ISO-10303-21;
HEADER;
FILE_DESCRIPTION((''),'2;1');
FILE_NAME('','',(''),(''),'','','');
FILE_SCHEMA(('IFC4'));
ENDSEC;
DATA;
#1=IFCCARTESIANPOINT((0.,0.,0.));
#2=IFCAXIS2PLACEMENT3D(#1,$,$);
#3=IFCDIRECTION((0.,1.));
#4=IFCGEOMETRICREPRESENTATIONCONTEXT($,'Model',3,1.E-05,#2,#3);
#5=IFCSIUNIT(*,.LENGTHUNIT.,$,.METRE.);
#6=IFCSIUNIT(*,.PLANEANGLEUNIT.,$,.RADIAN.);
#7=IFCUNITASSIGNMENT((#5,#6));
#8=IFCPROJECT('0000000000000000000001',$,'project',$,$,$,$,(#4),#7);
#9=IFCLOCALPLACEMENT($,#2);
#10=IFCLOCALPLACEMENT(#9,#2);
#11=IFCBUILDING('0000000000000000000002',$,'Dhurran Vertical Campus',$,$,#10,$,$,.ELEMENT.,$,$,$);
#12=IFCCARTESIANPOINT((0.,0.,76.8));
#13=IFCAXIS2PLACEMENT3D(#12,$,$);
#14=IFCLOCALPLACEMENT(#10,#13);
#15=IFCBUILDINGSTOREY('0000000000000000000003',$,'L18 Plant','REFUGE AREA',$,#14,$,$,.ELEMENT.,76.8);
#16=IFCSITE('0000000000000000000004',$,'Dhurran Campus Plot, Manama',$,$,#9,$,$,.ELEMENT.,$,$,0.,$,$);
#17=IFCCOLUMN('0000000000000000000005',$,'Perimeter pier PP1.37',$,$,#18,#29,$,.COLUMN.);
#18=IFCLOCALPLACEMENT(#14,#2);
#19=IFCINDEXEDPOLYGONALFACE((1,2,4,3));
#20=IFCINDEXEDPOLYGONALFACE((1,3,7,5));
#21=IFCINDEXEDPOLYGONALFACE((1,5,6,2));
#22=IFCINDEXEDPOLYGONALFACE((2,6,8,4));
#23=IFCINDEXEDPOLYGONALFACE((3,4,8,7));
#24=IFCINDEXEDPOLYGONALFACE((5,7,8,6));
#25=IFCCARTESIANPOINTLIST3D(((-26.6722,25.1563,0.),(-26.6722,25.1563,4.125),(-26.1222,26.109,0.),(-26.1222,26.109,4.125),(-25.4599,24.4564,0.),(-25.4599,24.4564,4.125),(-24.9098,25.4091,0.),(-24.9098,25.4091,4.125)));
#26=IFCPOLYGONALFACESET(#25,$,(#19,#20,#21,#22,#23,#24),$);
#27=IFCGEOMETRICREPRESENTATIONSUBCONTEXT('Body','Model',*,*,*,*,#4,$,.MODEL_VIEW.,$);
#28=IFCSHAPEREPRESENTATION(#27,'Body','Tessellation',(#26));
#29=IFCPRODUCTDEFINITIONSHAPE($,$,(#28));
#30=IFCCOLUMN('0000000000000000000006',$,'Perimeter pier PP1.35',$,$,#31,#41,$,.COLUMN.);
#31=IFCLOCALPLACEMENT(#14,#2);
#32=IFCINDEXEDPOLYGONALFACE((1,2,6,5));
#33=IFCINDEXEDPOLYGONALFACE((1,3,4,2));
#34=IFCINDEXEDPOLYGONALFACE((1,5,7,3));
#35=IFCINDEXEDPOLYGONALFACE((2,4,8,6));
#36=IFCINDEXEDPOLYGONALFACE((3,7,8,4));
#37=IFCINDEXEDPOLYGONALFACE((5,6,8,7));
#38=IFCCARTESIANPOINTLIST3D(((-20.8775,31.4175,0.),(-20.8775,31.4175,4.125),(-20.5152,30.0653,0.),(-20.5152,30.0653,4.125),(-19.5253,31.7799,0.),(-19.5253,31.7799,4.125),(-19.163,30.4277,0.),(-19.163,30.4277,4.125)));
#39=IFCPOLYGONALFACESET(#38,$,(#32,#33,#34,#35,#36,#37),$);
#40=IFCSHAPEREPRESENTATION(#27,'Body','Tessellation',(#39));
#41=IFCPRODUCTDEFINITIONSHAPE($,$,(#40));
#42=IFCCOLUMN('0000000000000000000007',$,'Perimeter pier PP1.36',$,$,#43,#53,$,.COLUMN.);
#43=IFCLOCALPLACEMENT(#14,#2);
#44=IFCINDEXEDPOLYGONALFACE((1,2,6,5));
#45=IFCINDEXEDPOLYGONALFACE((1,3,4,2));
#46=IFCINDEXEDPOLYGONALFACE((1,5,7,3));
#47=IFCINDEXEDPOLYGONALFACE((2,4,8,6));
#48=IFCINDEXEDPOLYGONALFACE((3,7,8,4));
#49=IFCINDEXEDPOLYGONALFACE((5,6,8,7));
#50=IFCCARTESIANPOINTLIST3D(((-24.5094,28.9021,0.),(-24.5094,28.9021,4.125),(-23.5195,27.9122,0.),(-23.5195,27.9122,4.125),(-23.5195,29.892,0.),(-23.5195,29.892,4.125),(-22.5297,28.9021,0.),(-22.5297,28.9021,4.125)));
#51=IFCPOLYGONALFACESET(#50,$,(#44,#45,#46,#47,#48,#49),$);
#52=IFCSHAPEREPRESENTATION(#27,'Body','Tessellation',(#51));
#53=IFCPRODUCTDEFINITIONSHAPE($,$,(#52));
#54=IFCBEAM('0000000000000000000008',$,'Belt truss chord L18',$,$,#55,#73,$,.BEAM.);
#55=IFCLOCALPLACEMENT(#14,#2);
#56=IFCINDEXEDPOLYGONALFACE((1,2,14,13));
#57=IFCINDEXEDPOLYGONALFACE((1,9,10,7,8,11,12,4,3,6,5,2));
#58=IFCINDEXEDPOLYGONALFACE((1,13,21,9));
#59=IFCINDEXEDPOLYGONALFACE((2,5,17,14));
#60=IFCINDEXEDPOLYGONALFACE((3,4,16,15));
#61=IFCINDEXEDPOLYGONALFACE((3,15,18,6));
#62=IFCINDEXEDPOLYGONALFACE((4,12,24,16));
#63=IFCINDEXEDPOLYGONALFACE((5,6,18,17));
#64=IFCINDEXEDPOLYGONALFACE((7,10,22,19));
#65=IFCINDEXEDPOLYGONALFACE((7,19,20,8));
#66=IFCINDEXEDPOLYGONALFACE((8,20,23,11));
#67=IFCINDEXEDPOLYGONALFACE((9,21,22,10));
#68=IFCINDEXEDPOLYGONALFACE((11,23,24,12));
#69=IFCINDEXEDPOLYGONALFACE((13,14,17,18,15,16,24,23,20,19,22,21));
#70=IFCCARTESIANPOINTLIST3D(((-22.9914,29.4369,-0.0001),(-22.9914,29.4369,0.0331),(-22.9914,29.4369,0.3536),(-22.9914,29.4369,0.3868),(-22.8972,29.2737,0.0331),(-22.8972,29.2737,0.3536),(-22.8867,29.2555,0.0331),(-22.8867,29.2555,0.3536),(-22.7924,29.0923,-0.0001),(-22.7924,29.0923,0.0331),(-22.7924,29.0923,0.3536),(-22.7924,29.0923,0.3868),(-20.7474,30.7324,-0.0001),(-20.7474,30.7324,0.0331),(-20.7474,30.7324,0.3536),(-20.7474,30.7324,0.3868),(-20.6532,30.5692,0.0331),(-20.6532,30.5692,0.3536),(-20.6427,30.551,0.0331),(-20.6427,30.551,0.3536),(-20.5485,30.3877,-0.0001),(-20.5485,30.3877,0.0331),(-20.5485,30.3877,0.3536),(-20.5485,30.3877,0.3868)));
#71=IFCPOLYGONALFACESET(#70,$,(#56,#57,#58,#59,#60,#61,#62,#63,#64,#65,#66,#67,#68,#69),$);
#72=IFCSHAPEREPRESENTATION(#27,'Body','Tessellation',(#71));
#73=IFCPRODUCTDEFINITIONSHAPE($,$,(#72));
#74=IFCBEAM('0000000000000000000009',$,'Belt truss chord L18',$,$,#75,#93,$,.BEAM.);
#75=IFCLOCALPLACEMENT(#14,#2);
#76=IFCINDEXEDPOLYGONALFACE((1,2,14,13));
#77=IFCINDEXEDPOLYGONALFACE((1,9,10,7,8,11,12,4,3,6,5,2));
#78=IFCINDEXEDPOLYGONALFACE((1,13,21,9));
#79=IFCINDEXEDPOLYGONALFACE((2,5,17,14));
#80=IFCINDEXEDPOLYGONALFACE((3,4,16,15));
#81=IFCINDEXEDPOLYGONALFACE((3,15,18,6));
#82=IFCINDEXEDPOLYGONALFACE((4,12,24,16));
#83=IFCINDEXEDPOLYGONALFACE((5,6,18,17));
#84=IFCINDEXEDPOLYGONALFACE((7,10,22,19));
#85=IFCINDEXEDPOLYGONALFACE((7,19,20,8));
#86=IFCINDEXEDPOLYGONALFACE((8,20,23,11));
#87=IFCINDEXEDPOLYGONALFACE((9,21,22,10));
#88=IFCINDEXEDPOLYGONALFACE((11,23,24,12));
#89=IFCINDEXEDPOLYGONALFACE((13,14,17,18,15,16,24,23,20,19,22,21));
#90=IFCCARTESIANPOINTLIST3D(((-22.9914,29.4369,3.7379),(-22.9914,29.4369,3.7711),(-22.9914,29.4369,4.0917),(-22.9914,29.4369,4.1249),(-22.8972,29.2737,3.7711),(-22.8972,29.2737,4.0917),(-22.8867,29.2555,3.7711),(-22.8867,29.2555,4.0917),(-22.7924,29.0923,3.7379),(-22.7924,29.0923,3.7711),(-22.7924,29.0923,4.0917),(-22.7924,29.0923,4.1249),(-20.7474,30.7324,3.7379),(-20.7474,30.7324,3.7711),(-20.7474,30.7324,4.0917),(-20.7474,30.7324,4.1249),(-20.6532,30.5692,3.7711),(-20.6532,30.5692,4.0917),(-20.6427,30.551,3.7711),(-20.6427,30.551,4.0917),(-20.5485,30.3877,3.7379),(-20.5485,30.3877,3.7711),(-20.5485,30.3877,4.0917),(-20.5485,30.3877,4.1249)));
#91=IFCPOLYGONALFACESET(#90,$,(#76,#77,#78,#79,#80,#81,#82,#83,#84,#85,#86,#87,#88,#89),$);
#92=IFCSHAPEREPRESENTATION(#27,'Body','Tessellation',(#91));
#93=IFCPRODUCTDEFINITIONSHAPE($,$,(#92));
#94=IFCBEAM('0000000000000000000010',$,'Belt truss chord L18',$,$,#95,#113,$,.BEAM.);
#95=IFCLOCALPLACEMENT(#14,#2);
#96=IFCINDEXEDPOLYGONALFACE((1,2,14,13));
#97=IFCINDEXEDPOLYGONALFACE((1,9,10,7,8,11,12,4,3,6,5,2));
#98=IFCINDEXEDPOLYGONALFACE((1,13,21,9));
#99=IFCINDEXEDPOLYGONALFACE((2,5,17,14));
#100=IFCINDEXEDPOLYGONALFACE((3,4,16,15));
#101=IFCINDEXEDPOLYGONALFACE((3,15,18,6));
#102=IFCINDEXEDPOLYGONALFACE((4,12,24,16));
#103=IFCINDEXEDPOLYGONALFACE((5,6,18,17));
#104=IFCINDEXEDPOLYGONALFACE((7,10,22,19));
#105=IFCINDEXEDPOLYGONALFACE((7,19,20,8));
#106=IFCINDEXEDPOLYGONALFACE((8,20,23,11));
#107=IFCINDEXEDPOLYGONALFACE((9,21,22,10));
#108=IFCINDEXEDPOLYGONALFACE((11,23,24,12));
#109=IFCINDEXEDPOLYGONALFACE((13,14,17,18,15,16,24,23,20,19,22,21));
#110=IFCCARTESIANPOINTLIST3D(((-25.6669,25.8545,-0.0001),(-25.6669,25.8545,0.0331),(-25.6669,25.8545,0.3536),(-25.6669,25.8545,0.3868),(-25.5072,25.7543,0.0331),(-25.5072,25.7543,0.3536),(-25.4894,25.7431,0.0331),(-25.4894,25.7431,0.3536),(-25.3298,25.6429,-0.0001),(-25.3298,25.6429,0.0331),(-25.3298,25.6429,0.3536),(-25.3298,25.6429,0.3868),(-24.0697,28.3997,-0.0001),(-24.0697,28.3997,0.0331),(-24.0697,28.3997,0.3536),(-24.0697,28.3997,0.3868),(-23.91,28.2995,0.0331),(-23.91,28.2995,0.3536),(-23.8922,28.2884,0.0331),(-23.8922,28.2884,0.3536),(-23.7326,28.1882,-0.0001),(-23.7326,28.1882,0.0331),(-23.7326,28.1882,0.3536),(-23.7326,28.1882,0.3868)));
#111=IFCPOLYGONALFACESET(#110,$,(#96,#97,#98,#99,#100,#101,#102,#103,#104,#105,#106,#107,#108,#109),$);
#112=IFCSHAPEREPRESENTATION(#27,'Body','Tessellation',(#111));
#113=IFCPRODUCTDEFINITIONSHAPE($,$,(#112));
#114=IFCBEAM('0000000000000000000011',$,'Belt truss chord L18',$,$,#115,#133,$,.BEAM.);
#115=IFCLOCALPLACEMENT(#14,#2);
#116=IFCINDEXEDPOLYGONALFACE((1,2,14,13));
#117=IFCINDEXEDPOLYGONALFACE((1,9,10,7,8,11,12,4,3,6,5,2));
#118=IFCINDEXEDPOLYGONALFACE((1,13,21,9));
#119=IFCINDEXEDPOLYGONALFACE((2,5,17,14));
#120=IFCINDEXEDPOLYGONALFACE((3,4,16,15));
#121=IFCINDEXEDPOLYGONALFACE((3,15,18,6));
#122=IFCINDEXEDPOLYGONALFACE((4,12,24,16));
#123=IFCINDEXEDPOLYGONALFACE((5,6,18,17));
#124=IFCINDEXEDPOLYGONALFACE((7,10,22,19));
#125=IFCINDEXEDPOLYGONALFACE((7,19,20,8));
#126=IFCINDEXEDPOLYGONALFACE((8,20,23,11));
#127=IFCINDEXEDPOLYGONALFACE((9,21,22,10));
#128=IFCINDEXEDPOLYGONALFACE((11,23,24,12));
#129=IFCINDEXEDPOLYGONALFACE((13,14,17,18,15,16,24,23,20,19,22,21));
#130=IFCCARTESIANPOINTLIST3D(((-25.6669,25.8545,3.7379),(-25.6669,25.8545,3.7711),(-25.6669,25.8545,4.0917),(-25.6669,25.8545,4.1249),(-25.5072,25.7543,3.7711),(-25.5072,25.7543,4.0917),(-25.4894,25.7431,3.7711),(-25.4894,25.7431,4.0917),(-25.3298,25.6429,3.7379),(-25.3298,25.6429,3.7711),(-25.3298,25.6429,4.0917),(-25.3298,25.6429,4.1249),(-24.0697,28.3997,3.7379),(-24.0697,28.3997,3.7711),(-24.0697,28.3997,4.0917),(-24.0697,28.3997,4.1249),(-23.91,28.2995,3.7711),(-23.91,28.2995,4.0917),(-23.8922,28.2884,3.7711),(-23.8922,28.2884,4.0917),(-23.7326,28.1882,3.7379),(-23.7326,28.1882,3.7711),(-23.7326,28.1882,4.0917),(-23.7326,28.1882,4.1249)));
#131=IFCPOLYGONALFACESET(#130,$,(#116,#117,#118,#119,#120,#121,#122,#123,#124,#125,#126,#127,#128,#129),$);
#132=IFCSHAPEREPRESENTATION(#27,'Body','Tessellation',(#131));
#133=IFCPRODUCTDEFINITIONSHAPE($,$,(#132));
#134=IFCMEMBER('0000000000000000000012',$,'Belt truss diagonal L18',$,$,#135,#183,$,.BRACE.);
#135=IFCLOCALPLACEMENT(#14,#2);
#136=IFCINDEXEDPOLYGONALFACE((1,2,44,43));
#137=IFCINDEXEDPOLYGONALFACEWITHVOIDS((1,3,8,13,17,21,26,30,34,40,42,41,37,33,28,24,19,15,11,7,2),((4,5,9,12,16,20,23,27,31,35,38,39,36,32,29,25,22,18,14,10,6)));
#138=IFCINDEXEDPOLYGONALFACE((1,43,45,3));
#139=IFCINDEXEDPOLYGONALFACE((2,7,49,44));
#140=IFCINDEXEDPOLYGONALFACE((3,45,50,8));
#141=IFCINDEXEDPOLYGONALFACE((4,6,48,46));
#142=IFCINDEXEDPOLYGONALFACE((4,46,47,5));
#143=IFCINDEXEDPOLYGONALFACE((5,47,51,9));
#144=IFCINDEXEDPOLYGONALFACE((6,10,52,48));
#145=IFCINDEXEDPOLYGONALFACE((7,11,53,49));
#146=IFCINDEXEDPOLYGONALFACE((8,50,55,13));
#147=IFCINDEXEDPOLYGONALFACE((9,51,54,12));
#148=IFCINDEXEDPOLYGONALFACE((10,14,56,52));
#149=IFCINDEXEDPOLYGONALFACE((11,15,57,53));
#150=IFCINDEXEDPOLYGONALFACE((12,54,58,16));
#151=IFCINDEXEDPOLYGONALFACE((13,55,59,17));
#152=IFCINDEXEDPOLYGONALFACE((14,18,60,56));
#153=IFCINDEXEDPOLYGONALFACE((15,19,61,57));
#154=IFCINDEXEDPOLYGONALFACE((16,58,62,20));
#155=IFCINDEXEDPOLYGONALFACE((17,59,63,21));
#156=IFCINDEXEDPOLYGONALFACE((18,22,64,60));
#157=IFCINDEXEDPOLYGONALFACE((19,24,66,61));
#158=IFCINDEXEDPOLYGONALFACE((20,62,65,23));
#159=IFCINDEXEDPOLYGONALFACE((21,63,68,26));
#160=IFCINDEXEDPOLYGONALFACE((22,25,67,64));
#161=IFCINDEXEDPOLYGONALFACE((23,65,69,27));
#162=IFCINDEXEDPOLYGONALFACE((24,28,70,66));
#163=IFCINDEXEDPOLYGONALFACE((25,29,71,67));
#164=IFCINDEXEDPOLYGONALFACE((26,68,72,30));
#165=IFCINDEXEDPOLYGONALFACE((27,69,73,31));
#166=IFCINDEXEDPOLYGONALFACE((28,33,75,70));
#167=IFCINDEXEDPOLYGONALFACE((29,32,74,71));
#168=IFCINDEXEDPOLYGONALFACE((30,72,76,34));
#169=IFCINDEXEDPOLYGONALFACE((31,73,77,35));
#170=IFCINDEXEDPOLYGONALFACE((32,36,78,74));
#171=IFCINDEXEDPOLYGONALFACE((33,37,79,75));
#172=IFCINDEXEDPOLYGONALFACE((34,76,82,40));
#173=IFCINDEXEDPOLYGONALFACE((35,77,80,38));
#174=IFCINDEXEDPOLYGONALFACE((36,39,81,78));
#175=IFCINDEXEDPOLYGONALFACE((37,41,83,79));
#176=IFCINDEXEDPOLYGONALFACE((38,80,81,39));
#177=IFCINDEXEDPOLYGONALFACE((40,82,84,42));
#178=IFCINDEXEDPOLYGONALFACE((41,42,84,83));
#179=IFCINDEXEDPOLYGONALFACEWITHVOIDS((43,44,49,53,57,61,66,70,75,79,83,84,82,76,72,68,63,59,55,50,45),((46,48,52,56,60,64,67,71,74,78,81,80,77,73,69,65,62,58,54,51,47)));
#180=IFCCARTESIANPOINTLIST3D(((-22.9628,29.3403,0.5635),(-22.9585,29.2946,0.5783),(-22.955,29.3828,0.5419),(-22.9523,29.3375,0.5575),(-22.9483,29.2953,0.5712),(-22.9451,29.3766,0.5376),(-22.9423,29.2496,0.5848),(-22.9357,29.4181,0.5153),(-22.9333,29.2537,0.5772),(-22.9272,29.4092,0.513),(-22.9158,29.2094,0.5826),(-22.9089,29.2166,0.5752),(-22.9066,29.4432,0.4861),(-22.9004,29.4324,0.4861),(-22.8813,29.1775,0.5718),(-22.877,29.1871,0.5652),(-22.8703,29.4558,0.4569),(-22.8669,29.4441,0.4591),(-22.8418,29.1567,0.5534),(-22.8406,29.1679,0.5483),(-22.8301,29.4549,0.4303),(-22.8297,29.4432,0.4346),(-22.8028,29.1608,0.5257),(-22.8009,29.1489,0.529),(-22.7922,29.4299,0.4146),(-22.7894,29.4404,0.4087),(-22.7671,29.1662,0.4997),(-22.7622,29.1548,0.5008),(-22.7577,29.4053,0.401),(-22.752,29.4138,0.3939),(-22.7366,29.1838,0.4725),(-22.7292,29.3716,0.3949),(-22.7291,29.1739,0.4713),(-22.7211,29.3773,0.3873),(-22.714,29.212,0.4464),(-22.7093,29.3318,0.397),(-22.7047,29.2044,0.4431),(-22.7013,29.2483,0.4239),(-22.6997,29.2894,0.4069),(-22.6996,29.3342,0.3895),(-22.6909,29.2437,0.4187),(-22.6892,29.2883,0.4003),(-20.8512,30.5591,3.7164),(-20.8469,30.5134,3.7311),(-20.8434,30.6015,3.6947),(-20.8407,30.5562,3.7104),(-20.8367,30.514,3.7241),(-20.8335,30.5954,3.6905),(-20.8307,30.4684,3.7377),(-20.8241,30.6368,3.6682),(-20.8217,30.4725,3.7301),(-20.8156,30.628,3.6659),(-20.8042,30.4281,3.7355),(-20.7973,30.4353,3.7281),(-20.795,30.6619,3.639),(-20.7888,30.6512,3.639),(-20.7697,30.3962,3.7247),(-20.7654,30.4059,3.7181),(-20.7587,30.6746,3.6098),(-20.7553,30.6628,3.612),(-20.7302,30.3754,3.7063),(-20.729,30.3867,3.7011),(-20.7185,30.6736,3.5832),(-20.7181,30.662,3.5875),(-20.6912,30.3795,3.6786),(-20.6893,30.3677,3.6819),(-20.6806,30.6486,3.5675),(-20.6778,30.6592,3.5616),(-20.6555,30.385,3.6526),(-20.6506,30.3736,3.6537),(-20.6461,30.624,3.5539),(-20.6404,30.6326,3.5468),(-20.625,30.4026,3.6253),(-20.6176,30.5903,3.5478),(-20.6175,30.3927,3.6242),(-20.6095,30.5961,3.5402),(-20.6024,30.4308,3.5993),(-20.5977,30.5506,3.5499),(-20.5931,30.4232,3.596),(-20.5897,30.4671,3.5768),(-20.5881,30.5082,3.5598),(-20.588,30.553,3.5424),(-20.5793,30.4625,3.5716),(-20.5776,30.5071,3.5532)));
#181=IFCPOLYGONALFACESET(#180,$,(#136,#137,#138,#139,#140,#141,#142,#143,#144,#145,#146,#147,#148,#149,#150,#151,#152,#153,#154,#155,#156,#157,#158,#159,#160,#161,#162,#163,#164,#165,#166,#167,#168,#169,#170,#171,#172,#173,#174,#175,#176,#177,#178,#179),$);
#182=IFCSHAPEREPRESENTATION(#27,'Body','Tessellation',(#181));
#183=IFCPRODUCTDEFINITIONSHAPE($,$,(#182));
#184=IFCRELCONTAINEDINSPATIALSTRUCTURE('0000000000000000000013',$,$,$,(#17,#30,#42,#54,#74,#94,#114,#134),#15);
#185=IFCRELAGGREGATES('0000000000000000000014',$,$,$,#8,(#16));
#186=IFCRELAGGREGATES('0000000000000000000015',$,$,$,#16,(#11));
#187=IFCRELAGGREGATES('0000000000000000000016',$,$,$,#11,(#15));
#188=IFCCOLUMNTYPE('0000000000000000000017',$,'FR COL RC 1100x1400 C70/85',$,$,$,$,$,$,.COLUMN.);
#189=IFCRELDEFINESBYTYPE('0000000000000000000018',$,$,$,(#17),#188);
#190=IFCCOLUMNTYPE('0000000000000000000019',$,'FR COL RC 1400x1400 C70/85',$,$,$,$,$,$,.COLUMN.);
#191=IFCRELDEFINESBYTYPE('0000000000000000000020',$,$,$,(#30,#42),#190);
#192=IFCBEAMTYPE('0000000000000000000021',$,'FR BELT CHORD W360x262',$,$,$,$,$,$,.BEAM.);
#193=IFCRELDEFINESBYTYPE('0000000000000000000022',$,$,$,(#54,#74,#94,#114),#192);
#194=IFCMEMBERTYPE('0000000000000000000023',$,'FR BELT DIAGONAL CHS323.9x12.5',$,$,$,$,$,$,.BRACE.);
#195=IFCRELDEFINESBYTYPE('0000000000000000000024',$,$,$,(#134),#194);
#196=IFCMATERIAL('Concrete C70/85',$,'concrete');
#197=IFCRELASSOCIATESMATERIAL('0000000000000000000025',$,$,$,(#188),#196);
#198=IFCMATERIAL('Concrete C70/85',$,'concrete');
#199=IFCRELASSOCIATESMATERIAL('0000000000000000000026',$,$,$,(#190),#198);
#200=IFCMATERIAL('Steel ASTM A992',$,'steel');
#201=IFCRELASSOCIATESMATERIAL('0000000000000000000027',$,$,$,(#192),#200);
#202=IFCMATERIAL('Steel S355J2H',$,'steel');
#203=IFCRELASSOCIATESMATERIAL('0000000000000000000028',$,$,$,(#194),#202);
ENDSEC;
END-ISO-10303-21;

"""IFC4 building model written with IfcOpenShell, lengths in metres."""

from ifc_helpers import new_model, si_unit, direction, frame, origin, origin_2d, place, context, subcontext, project, spatial, rectangle, hollow_circle, i_section, extrude, material, material_profile, profile_set, type_object, element, save


model = new_model("IFC4")

# Units and contexts
model_context = context("Model", 3, precision=1e-05, world=origin(), true_north=direction((0.0, 1.0)))
body_context = subcontext(model_context, "Body", "Model", "MODEL_VIEW")
ifc_project = project(units=[si_unit("LENGTHUNIT", "METRE"), si_unit("PLANEANGLEUNIT", "RADIAN")], contexts=[model_context])

# Site, building, storey
site_placement = place(None, origin())
site = spatial("IfcSite", under=ifc_project, at=site_placement, Name="Dhurran Campus Plot, Manama", CompositionType="ELEMENT", RefElevation=0.0)
building_placement = place(site_placement, origin())
building = spatial("IfcBuilding", under=site, at=building_placement, Name="Dhurran Vertical Campus", CompositionType="ELEMENT")
storey_placement = place(building_placement, frame((0.0, 0.0, 76.8)))
storey = spatial("IfcBuildingStorey", under=building, at=storey_placement, Name="L18 Plant", Description="REFUGE AREA", CompositionType="ELEMENT", Elevation=76.8)

# Columns
ifc_material_1 = material(Name="Concrete C70/85", Category="concrete")
ifc_material_profile_1 = material_profile(ifc_material_1, rectangle(XDim=1.1001, YDim=1.3999, at=origin_2d()), Name="RC 1100x1400")
ifc_profile_set_1 = profile_set([ifc_material_profile_1], Name="Concrete C70/85")
column_type_1 = type_object("IfcColumnType", Name="FR COL RC 1100x1400 C70/85", PredefinedType="COLUMN", material=ifc_profile_set_1)
column_placement = place(storey_placement, frame((-25.791, 25.2827, 0.0), z_axis=(0.0, 0.0, 1.0), x_axis=(-0.5, -0.866025, 0.0)))
element("IfcColumn", 1, at=column_placement, inside=storey, type_object=column_type_1, Name="Perimeter pier PP1.37", PredefinedType="COLUMN", context=body_context, shape_type="SweptSolid", body=[
    extrude(rectangle(XDim=1.1001, YDim=1.3999, at=origin_2d()), origin(), (0.0, 0.0, 1.0), 4.125),
])
ifc_material_2 = material(Name="Concrete C70/85", Category="concrete")
ifc_material_profile_2 = material_profile(ifc_material_2, rectangle(XDim=1.3999, YDim=1.3999, at=origin_2d()), Name="RC 1400x1400")
ifc_profile_set_2 = profile_set([ifc_material_profile_2], Name="Concrete C70/85")
column_type_2 = type_object("IfcColumnType", Name="FR COL RC 1400x1400 C70/85", PredefinedType="COLUMN", material=ifc_profile_set_2)
for number, where, z_axis, x_axis, name in (
    (2, (-20.0203, 30.9226, 0.0), (0.0, 0.0, 1.0), (-0.965926, -0.258819, 0.0), "Perimeter pier PP1.35"),
    (3, (-23.5195, 28.9021, 0.0), (0.0, 0.0, 1.0), (-0.707107, -0.707107, 0.0), "Perimeter pier PP1.36"),
):
    element("IfcColumn", number, at=place(storey_placement, frame(where, z_axis=z_axis, x_axis=x_axis)), inside=storey, type_object=column_type_2, Name=name, PredefinedType="COLUMN", context=body_context, shape_type="SweptSolid", body=[
        extrude(rectangle(XDim=1.3999, YDim=1.3999, at=origin_2d()), origin(), (0.0, 0.0, 1.0), 4.125),
    ])

# Beams
ifc_material_3 = material(Name="Steel ASTM A992", Category="steel")
ifc_material_profile_3 = material_profile(ifc_material_3, i_section(OverallWidth=0.3979, OverallDepth=0.387, WebThickness=0.021, FlangeThickness=0.0332, at=origin_2d()), Name="W360x262")
ifc_profile_set_3 = profile_set([ifc_material_profile_3], Name="Steel ASTM A992")
beam_type = type_object("IfcBeamType", Name="FR BELT CHORD W360x262", PredefinedType="BEAM", material=ifc_profile_set_3)
for number, where, z_axis, x_axis, name in (
    (4, (-20.6479, 30.5601, 0.1934), (-0.866043, -0.49997, 0.0), (0.49997, -0.866043, 0.0), "Belt truss chord L18"),
    (5, (-20.6479, 30.5601, 3.9314), (-0.866043, -0.49997, 0.0), (0.49997, -0.866043, 0.0), "Belt truss chord L18"),
):
    element("IfcBeam", number, at=place(storey_placement, frame(where, z_axis=z_axis, x_axis=x_axis)), inside=storey, type_object=beam_type, Name=name, PredefinedType="BEAM", context=body_context, shape_type="SweptSolid", body=[
        extrude(i_section(OverallWidth=0.3979, OverallDepth=0.387, WebThickness=0.021, FlangeThickness=0.0332, at=origin_2d()), origin(), (0.0, 0.0, 1.0), 2.5911),
    ])
for number, where, z_axis, x_axis, name in (
    (6, (-23.9011, 28.2939, 0.1934), (-0.531539, -0.847034, 0.0), (0.847034, -0.531539, 0.0), "Belt truss chord L18"),
    (7, (-23.9011, 28.2939, 3.9314), (-0.531539, -0.847034, 0.0), (0.847034, -0.531539, 0.0), "Belt truss chord L18"),
):
    element("IfcBeam", number, at=place(storey_placement, frame(where, z_axis=z_axis, x_axis=x_axis)), inside=storey, type_object=beam_type, Name=name, PredefinedType="BEAM", context=body_context, shape_type="SweptSolid", body=[
        extrude(i_section(OverallWidth=0.3979, OverallDepth=0.387, WebThickness=0.021, FlangeThickness=0.0332, at=origin_2d()), origin(), (0.0, 0.0, 1.0), 3.0049),
    ])

# Member
ifc_material_4 = material(Name="Steel S355J2H", Category="steel")
ifc_material_profile_4 = material_profile(ifc_material_4, hollow_circle(Radius=0.1619, WallThickness=0.0125, at=origin_2d()), Name="CHS323.9x12.5")
ifc_profile_set_4 = profile_set([ifc_material_profile_4], Name="Steel S355J2H")
member_type = type_object("IfcMemberType", Name="FR BELT DIAGONAL CHS323.9x12.5", PredefinedType="BRACE", material=ifc_profile_set_4)
member_1_placement = place(storey_placement, frame((-22.8257, 29.303, 0.4861), z_axis=(0.52981, 0.305794, 0.79107), x_axis=(-0.499887, 0.866091, 0.0)))
element("IfcMember", 8, at=member_1_placement, inside=storey, type_object=member_type, Name="Belt truss diagonal L18", PredefinedType="BRACE", context=body_context, shape_type="SweptSolid", body=[
    extrude(hollow_circle(Radius=0.1619, WallThickness=0.0125, at=origin_2d()), origin(), (0.0, 0.0, 1.0), 3.9856),
])

save(model, "model.ifc")
